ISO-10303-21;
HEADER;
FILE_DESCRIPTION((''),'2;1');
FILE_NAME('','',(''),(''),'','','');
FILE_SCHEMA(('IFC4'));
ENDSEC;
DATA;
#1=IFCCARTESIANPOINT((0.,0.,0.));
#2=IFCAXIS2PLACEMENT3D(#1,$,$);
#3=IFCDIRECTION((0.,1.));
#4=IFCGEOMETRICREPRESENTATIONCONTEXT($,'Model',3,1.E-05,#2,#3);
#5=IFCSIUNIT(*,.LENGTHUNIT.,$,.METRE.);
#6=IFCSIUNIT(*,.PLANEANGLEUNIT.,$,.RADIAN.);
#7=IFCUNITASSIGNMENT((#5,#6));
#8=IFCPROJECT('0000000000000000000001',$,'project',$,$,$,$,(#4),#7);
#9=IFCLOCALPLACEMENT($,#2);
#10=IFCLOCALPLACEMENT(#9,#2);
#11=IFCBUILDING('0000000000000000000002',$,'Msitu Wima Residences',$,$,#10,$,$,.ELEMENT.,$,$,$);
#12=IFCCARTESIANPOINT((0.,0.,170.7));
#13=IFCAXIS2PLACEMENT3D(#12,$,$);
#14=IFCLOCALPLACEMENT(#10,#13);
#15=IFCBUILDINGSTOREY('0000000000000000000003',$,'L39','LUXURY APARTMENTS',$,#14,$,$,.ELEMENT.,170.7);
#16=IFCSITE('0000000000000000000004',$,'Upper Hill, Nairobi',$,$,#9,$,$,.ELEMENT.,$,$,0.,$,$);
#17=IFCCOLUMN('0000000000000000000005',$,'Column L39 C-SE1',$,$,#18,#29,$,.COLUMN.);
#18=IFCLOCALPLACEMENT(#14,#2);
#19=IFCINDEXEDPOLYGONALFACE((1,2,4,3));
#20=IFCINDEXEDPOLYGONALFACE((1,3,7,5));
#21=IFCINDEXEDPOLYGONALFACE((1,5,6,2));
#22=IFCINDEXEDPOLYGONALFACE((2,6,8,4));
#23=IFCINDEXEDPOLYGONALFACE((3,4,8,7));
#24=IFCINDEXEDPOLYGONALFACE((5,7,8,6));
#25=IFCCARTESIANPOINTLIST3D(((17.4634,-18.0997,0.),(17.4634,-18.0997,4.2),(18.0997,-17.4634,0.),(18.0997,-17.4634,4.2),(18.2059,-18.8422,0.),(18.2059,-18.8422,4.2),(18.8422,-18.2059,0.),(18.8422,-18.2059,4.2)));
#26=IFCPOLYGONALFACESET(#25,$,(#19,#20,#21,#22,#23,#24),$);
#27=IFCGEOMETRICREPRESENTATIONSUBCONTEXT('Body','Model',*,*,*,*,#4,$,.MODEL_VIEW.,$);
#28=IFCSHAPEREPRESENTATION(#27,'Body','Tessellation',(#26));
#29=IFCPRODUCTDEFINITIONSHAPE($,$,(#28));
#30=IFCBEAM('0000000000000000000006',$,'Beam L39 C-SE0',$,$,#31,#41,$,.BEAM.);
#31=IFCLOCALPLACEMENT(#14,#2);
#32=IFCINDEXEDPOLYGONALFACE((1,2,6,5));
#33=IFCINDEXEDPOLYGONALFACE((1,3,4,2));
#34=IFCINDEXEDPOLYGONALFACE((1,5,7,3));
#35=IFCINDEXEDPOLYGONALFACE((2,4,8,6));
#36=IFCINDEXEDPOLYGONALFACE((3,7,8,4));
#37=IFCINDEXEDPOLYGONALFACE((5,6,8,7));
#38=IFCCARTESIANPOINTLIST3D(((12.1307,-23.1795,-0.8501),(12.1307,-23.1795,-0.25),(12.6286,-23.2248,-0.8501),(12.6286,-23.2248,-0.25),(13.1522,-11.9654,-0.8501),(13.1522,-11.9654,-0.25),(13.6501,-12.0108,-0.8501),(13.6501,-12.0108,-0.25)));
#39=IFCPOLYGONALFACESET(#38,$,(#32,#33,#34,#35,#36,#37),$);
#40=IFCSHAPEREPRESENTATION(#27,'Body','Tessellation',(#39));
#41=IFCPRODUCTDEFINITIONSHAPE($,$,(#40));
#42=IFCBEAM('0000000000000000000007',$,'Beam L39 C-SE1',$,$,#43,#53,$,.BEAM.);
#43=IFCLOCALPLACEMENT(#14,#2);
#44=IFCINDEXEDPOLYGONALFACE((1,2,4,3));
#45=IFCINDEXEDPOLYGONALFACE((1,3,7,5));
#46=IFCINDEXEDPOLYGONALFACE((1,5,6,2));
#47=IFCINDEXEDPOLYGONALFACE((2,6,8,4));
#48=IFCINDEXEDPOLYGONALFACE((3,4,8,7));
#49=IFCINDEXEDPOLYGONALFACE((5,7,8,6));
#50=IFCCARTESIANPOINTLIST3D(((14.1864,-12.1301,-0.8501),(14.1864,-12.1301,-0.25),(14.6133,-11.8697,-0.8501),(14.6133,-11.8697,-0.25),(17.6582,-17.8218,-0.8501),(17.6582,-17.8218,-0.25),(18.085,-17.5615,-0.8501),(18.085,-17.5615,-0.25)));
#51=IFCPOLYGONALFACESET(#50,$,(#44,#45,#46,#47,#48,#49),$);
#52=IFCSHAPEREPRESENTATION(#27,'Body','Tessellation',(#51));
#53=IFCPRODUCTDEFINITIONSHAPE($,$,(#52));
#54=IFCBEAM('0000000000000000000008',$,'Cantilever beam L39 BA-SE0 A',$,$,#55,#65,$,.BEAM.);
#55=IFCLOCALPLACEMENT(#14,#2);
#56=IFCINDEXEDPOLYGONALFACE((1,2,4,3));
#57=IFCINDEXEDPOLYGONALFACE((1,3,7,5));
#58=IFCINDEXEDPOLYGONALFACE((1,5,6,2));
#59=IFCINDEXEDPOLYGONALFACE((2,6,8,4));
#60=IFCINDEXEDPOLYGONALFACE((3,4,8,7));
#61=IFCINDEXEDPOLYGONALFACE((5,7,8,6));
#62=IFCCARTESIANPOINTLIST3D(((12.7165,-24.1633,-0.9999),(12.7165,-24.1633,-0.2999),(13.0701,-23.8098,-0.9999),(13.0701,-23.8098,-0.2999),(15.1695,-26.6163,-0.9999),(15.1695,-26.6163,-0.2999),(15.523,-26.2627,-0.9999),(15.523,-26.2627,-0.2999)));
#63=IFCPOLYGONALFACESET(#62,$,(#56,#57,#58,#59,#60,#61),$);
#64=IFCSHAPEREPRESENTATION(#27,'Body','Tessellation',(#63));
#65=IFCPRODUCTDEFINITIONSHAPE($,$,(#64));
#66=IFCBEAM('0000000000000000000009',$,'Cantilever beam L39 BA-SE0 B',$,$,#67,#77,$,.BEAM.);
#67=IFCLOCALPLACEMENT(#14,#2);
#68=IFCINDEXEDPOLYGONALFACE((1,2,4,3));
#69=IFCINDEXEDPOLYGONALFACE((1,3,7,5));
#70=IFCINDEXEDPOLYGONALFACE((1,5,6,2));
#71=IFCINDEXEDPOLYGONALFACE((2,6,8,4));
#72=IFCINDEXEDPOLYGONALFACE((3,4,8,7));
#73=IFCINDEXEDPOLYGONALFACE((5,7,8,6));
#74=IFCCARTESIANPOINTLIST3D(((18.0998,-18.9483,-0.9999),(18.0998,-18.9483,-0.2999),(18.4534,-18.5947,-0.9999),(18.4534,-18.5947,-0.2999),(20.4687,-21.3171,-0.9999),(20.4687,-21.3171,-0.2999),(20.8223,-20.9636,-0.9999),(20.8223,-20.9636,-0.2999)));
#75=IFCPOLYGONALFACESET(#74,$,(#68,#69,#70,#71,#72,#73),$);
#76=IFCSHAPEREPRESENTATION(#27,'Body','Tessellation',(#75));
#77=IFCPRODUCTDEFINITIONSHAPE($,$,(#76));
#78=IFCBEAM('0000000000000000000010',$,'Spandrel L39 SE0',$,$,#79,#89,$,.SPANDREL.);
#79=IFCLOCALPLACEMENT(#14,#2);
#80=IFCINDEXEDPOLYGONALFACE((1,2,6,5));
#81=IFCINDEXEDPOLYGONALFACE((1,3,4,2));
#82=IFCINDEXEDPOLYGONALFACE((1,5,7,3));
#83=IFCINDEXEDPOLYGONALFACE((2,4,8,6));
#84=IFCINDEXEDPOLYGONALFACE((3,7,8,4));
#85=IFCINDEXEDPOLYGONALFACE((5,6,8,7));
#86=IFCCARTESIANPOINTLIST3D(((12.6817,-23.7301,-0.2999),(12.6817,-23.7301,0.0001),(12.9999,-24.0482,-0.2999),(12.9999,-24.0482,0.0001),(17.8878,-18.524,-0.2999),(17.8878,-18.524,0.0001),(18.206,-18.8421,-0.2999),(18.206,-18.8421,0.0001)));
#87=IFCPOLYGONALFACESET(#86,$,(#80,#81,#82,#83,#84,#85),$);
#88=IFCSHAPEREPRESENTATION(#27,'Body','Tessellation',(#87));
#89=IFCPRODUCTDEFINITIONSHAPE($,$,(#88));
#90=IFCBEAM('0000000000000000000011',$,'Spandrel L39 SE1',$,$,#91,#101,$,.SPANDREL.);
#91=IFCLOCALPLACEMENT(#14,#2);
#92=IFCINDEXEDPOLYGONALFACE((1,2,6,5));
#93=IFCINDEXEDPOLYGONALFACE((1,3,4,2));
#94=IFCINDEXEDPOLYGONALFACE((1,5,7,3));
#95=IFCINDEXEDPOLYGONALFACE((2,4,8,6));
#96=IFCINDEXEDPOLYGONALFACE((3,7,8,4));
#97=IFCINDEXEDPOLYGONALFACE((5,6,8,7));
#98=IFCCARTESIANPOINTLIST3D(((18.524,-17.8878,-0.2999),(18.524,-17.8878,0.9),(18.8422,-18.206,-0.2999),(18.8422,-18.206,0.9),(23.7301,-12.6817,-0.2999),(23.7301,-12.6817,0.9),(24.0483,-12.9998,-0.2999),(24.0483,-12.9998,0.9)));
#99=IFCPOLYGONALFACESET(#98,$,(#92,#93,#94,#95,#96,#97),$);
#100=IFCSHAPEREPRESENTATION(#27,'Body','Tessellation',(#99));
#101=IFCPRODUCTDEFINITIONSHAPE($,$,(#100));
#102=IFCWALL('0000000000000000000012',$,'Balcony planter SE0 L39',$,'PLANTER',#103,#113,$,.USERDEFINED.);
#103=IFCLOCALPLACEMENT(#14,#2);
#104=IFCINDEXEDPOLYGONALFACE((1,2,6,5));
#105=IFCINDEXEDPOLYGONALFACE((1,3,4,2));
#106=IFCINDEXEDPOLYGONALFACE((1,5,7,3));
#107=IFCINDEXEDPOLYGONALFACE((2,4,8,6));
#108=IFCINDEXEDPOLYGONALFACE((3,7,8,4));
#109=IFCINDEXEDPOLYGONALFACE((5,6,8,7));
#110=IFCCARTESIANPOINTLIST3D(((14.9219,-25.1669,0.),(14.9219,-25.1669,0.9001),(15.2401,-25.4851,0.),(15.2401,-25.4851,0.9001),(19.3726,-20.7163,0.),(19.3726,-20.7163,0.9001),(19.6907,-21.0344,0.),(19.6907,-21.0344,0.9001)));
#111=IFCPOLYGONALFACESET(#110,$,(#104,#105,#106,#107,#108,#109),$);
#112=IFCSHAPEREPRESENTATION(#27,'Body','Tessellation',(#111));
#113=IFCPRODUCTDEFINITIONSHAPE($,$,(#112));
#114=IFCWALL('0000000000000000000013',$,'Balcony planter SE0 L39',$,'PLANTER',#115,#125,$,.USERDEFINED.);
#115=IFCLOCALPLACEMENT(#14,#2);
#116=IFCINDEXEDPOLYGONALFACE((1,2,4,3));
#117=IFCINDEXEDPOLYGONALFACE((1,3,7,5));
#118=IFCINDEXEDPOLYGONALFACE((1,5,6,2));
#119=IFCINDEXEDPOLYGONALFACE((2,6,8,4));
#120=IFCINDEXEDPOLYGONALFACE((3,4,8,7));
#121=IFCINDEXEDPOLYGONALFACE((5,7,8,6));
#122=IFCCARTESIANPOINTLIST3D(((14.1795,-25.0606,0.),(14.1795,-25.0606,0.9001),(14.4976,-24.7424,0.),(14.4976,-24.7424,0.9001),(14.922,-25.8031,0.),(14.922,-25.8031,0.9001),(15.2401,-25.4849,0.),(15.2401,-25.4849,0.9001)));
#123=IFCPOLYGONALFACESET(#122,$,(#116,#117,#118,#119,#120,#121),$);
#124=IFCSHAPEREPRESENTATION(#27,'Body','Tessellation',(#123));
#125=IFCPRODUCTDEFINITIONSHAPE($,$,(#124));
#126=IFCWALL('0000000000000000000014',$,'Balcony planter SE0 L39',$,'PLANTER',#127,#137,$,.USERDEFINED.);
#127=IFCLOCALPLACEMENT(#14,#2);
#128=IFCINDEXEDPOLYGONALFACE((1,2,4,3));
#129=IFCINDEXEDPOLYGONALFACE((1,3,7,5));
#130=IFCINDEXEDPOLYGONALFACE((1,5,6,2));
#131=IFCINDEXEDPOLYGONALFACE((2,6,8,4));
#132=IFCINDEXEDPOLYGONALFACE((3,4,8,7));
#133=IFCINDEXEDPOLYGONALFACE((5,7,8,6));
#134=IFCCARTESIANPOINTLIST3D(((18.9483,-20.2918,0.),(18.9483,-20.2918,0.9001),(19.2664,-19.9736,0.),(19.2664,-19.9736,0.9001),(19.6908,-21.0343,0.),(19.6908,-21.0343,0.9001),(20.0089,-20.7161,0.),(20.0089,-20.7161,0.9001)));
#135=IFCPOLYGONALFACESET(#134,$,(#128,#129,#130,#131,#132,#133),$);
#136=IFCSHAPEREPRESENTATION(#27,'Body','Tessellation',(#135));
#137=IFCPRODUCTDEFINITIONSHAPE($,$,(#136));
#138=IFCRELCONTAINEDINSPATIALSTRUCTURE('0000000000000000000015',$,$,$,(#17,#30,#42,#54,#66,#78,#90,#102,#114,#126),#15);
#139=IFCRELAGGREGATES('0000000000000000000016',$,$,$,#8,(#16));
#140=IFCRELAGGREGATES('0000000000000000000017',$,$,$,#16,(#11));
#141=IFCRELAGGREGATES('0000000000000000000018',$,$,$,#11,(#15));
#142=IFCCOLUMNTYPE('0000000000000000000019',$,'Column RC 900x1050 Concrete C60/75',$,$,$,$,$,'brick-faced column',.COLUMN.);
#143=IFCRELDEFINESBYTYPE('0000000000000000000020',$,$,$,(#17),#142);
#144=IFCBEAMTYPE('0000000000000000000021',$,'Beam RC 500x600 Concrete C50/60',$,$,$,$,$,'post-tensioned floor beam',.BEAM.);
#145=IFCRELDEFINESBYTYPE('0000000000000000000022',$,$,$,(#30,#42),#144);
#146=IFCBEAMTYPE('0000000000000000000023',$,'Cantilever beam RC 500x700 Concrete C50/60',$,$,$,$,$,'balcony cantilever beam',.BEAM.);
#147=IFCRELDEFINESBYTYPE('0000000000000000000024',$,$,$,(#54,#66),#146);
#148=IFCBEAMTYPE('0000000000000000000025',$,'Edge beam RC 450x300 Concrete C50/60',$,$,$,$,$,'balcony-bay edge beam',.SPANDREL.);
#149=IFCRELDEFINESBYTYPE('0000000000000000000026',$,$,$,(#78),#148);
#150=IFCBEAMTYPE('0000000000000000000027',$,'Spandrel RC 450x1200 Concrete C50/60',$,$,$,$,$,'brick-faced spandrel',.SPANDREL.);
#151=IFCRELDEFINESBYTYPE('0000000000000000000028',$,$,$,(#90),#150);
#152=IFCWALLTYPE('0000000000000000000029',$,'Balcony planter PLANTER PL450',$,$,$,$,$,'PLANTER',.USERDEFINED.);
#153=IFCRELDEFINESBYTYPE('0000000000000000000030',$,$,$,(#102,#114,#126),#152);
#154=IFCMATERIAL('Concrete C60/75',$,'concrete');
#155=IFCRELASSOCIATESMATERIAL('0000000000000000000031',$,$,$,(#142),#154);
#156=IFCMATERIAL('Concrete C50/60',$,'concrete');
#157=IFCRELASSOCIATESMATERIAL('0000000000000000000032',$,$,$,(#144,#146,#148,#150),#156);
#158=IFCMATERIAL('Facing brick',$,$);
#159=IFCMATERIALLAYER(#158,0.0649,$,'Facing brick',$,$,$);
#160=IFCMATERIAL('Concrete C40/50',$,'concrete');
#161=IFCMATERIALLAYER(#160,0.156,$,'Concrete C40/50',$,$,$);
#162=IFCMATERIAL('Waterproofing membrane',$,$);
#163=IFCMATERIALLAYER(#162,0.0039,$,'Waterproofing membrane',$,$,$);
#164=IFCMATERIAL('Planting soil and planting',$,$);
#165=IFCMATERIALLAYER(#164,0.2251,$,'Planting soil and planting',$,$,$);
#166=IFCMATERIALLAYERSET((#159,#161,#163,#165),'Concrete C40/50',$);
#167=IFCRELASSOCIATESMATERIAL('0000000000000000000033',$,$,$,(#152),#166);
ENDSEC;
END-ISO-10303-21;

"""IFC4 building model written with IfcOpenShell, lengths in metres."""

from ifc_helpers import new_model, si_unit, direction, frame, frame_2d, origin, origin_2d, place, context, subcontext, project, spatial, rectangle, extrude, material, layer, layer_set, material_profile, profile_set, type_object, element, save


model = new_model("IFC4")

# Units and contexts
model_context = context("Model", 3, precision=1e-05, world=origin(), true_north=direction((0.0, 1.0)))
body_context = subcontext(model_context, "Body", "Model", "MODEL_VIEW")
ifc_project = project(units=[si_unit("LENGTHUNIT", "METRE"), si_unit("PLANEANGLEUNIT", "RADIAN")], contexts=[model_context])

# Site, building, storey
site_placement = place(None, origin())
site = spatial("IfcSite", under=ifc_project, at=site_placement, Name="Upper Hill, Nairobi", CompositionType="ELEMENT", RefElevation=0.0)
building_placement = place(site_placement, origin())
building = spatial("IfcBuilding", under=site, at=building_placement, Name="Msitu Wima Residences", CompositionType="ELEMENT")
storey_placement = place(building_placement, frame((0.0, 0.0, 170.7)))
storey = spatial("IfcBuildingStorey", under=building, at=storey_placement, Name="L39", Description="LUXURY APARTMENTS", CompositionType="ELEMENT", Elevation=170.7)

# Column
ifc_material_1 = material(Name="Concrete C60/75", Category="concrete")
ifc_material_profile_1 = material_profile(ifc_material_1, rectangle(XDim=0.8999, YDim=1.05, at=origin_2d()), Name="RC 900x1050")
ifc_profile_set_1 = profile_set([ifc_material_profile_1], Name="Concrete C60/75")
column_type = type_object("IfcColumnType", Name="Column RC 900x1050 Concrete C60/75", ElementType="brick-faced column", PredefinedType="COLUMN", material=ifc_profile_set_1)
column_placement = place(storey_placement, frame((18.1528, -18.1528, 0.0), z_axis=(0.0, 0.0, 1.0), x_axis=(0.707107, 0.707107, 0.0)))
element("IfcColumn", 1, at=column_placement, inside=storey, type_object=column_type, Name="Column L39 C-SE1", PredefinedType="COLUMN", context=body_context, shape_type="SweptSolid", body=[
    extrude(rectangle(XDim=0.8999, YDim=1.05, at=origin_2d()), origin(), (0.0, 0.0, 1.0), 4.2),
])

# Beams
ifc_material_2 = material(Name="Concrete C50/60", Category="concrete")
ifc_material_profile_2 = material_profile(ifc_material_2, rectangle(XDim=0.5, YDim=0.6001, at=origin_2d()), Name="RC 500x600")
ifc_profile_set_2 = profile_set([ifc_material_profile_2], Name="Concrete C50/60")
beam_type_1 = type_object("IfcBeamType", Name="Beam RC 500x600 Concrete C50/60", ElementType="post-tensioned floor beam", PredefinedType="BEAM", material=ifc_profile_set_2)
beam_1_placement = place(storey_placement, frame((12.3796, -23.2021, -0.55), z_axis=(0.090714, 0.995877, 0.0), x_axis=(-0.995877, 0.090714, 0.0)))
element("IfcBeam", 2, at=beam_1_placement, inside=storey, type_object=beam_type_1, Name="Beam L39 C-SE0", PredefinedType="BEAM", context=body_context, shape_type="SweptSolid", body=[
    extrude(rectangle(XDim=0.5, YDim=0.6001, at=origin_2d()), origin(), (0.0, 0.0, 1.0), 11.2605),
])
beam_2_placement = place(storey_placement, frame((17.8716, -17.6917, -0.55), z_axis=(-0.520734, 0.853719, 0.0), x_axis=(-0.853719, -0.520734, 0.0)))
element("IfcBeam", 3, at=beam_2_placement, inside=storey, type_object=beam_type_1, Name="Beam L39 C-SE1", PredefinedType="BEAM", context=body_context, shape_type="SweptSolid", body=[
    extrude(rectangle(XDim=0.5, YDim=0.6001, at=origin_2d()), origin(), (0.0, 0.0, 1.0), 6.667),
])
ifc_material_profile_3 = material_profile(ifc_material_2, rectangle(XDim=0.5, YDim=0.7, at=origin_2d()), Name="RC 500x700")
ifc_profile_set_3 = profile_set([ifc_material_profile_3], Name="Concrete C50/60")
beam_type_2 = type_object("IfcBeamType", Name="Cantilever beam RC 500x700 Concrete C50/60", ElementType="balcony cantilever beam", PredefinedType="BEAM", material=ifc_profile_set_3)
beam_3_placement = place(storey_placement, frame((12.8933, -23.9866, -0.6499), z_axis=(0.707107, -0.707107, 0.0), x_axis=(0.707107, 0.707107, 0.0)))
element("IfcBeam", 4, at=beam_3_placement, inside=storey, type_object=beam_type_2, Name="Cantilever beam L39 BA-SE0 A", PredefinedType="BEAM", context=body_context, shape_type="SweptSolid", body=[
    extrude(rectangle(XDim=0.5, YDim=0.7, at=origin_2d()), origin(), (0.0, 0.0, 1.0), 3.469),
])
beam_4_placement = place(storey_placement, frame((18.2766, -18.7715, -0.6499), z_axis=(0.707107, -0.707107, 0.0), x_axis=(0.707107, 0.707107, 0.0)))
element("IfcBeam", 5, at=beam_4_placement, inside=storey, type_object=beam_type_2, Name="Cantilever beam L39 BA-SE0 B", PredefinedType="BEAM", context=body_context, shape_type="SweptSolid", body=[
    extrude(rectangle(XDim=0.5, YDim=0.7, at=origin_2d()), origin(), (0.0, 0.0, 1.0), 3.3501),
])
ifc_material_profile_4 = material_profile(ifc_material_2, rectangle(XDim=0.45, YDim=0.3, at=origin_2d()), Name="RC 450x300")
ifc_profile_set_4 = profile_set([ifc_material_profile_4], Name="Concrete C50/60")
beam_type_3 = type_object("IfcBeamType", Name="Edge beam RC 450x300 Concrete C50/60", ElementType="balcony-bay edge beam", PredefinedType="SPANDREL", material=ifc_profile_set_4)
beam_5_placement = place(storey_placement, frame((12.8408, -23.8892, -0.1499), z_axis=(0.707107, 0.707107, 0.0), x_axis=(-0.707107, 0.707107, 0.0)))
element("IfcBeam", 6, at=beam_5_placement, inside=storey, type_object=beam_type_3, Name="Spandrel L39 SE0", PredefinedType="SPANDREL", context=body_context, shape_type="SweptSolid", body=[
    extrude(rectangle(XDim=0.45, YDim=0.3, at=origin_2d()), origin(), (0.0, 0.0, 1.0), 7.3625),
])
ifc_material_profile_5 = material_profile(ifc_material_2, rectangle(XDim=0.45, YDim=1.2, at=origin_2d()), Name="RC 450x1200")
ifc_profile_set_5 = profile_set([ifc_material_profile_5], Name="Concrete C50/60")
beam_type_4 = type_object("IfcBeamType", Name="Spandrel RC 450x1200 Concrete C50/60", ElementType="brick-faced spandrel", PredefinedType="SPANDREL", material=ifc_profile_set_5)
beam_6_placement = place(storey_placement, frame((18.6831, -18.0469, 0.3), z_axis=(0.707107, 0.707107, 0.0), x_axis=(-0.707107, 0.707107, 0.0)))
element("IfcBeam", 7, at=beam_6_placement, inside=storey, type_object=beam_type_4, Name="Spandrel L39 SE1", PredefinedType="SPANDREL", context=body_context, shape_type="SweptSolid", body=[
    extrude(rectangle(XDim=0.45, YDim=1.2, at=origin_2d()), origin(), (0.0, 0.0, 1.0), 7.3625),
])

# Walls
ifc_material_3 = material(Name="Facing brick")
ifc_layer_1 = layer(ifc_material_3, 0.0649, Name="Facing brick")
ifc_material_4 = material(Name="Concrete C40/50", Category="concrete")
ifc_layer_2 = layer(ifc_material_4, 0.156, Name="Concrete C40/50")
ifc_material_5 = material(Name="Waterproofing membrane")
ifc_layer_3 = layer(ifc_material_5, 0.0039, Name="Waterproofing membrane")
ifc_material_6 = material(Name="Planting soil and planting")
ifc_layer_4 = layer(ifc_material_6, 0.2251, Name="Planting soil and planting")
ifc_layer_set_1 = layer_set([ifc_layer_1, ifc_layer_2, ifc_layer_3, ifc_layer_4], Name="Concrete C40/50")
wall_type_1 = type_object("IfcWallType", Name="Balcony planter PLANTER PL450", ElementType="PLANTER", PredefinedType="USERDEFINED", material=ifc_layer_set_1)
wall_1_placement = place(storey_placement, frame((15.0811, -25.3259, 0.0), z_axis=(0.0, 0.0, 1.0), x_axis=(0.707107, 0.707107, 0.0)))
element("IfcWall", 8, at=wall_1_placement, inside=storey, type_object=wall_type_1, Name="Balcony planter SE0 L39", ObjectType="PLANTER", PredefinedType="USERDEFINED", context=body_context, shape_type="SweptSolid", body=[
    extrude(rectangle(XDim=6.2942, YDim=0.45, at=frame_2d((3.147, 0.0))), origin(), (0.0, 0.0, 1.0), 0.9001),
])
for number, where, z_axis, x_axis, name in (
    (9, (14.3386, -24.9016, 0.0), (0.0, 0.0, 1.0), (0.707107, -0.707107, 0.0), "Balcony planter SE0 L39"),
    (10, (19.1074, -20.1328, 0.0), (0.0, 0.0, 1.0), (0.707107, -0.707107, 0.0), "Balcony planter SE0 L39"),
):
    element("IfcWall", number, at=place(storey_placement, frame(where, z_axis=z_axis, x_axis=x_axis)), inside=storey, type_object=wall_type_1, Name=name, ObjectType="PLANTER", PredefinedType="USERDEFINED", context=body_context, shape_type="SweptSolid", body=[
        extrude(rectangle(XDim=1.05, YDim=0.45, at=frame_2d((0.5249, 0.0))), origin(), (0.0, 0.0, 1.0), 0.9001),
    ])

save(model, "model.ifc")
